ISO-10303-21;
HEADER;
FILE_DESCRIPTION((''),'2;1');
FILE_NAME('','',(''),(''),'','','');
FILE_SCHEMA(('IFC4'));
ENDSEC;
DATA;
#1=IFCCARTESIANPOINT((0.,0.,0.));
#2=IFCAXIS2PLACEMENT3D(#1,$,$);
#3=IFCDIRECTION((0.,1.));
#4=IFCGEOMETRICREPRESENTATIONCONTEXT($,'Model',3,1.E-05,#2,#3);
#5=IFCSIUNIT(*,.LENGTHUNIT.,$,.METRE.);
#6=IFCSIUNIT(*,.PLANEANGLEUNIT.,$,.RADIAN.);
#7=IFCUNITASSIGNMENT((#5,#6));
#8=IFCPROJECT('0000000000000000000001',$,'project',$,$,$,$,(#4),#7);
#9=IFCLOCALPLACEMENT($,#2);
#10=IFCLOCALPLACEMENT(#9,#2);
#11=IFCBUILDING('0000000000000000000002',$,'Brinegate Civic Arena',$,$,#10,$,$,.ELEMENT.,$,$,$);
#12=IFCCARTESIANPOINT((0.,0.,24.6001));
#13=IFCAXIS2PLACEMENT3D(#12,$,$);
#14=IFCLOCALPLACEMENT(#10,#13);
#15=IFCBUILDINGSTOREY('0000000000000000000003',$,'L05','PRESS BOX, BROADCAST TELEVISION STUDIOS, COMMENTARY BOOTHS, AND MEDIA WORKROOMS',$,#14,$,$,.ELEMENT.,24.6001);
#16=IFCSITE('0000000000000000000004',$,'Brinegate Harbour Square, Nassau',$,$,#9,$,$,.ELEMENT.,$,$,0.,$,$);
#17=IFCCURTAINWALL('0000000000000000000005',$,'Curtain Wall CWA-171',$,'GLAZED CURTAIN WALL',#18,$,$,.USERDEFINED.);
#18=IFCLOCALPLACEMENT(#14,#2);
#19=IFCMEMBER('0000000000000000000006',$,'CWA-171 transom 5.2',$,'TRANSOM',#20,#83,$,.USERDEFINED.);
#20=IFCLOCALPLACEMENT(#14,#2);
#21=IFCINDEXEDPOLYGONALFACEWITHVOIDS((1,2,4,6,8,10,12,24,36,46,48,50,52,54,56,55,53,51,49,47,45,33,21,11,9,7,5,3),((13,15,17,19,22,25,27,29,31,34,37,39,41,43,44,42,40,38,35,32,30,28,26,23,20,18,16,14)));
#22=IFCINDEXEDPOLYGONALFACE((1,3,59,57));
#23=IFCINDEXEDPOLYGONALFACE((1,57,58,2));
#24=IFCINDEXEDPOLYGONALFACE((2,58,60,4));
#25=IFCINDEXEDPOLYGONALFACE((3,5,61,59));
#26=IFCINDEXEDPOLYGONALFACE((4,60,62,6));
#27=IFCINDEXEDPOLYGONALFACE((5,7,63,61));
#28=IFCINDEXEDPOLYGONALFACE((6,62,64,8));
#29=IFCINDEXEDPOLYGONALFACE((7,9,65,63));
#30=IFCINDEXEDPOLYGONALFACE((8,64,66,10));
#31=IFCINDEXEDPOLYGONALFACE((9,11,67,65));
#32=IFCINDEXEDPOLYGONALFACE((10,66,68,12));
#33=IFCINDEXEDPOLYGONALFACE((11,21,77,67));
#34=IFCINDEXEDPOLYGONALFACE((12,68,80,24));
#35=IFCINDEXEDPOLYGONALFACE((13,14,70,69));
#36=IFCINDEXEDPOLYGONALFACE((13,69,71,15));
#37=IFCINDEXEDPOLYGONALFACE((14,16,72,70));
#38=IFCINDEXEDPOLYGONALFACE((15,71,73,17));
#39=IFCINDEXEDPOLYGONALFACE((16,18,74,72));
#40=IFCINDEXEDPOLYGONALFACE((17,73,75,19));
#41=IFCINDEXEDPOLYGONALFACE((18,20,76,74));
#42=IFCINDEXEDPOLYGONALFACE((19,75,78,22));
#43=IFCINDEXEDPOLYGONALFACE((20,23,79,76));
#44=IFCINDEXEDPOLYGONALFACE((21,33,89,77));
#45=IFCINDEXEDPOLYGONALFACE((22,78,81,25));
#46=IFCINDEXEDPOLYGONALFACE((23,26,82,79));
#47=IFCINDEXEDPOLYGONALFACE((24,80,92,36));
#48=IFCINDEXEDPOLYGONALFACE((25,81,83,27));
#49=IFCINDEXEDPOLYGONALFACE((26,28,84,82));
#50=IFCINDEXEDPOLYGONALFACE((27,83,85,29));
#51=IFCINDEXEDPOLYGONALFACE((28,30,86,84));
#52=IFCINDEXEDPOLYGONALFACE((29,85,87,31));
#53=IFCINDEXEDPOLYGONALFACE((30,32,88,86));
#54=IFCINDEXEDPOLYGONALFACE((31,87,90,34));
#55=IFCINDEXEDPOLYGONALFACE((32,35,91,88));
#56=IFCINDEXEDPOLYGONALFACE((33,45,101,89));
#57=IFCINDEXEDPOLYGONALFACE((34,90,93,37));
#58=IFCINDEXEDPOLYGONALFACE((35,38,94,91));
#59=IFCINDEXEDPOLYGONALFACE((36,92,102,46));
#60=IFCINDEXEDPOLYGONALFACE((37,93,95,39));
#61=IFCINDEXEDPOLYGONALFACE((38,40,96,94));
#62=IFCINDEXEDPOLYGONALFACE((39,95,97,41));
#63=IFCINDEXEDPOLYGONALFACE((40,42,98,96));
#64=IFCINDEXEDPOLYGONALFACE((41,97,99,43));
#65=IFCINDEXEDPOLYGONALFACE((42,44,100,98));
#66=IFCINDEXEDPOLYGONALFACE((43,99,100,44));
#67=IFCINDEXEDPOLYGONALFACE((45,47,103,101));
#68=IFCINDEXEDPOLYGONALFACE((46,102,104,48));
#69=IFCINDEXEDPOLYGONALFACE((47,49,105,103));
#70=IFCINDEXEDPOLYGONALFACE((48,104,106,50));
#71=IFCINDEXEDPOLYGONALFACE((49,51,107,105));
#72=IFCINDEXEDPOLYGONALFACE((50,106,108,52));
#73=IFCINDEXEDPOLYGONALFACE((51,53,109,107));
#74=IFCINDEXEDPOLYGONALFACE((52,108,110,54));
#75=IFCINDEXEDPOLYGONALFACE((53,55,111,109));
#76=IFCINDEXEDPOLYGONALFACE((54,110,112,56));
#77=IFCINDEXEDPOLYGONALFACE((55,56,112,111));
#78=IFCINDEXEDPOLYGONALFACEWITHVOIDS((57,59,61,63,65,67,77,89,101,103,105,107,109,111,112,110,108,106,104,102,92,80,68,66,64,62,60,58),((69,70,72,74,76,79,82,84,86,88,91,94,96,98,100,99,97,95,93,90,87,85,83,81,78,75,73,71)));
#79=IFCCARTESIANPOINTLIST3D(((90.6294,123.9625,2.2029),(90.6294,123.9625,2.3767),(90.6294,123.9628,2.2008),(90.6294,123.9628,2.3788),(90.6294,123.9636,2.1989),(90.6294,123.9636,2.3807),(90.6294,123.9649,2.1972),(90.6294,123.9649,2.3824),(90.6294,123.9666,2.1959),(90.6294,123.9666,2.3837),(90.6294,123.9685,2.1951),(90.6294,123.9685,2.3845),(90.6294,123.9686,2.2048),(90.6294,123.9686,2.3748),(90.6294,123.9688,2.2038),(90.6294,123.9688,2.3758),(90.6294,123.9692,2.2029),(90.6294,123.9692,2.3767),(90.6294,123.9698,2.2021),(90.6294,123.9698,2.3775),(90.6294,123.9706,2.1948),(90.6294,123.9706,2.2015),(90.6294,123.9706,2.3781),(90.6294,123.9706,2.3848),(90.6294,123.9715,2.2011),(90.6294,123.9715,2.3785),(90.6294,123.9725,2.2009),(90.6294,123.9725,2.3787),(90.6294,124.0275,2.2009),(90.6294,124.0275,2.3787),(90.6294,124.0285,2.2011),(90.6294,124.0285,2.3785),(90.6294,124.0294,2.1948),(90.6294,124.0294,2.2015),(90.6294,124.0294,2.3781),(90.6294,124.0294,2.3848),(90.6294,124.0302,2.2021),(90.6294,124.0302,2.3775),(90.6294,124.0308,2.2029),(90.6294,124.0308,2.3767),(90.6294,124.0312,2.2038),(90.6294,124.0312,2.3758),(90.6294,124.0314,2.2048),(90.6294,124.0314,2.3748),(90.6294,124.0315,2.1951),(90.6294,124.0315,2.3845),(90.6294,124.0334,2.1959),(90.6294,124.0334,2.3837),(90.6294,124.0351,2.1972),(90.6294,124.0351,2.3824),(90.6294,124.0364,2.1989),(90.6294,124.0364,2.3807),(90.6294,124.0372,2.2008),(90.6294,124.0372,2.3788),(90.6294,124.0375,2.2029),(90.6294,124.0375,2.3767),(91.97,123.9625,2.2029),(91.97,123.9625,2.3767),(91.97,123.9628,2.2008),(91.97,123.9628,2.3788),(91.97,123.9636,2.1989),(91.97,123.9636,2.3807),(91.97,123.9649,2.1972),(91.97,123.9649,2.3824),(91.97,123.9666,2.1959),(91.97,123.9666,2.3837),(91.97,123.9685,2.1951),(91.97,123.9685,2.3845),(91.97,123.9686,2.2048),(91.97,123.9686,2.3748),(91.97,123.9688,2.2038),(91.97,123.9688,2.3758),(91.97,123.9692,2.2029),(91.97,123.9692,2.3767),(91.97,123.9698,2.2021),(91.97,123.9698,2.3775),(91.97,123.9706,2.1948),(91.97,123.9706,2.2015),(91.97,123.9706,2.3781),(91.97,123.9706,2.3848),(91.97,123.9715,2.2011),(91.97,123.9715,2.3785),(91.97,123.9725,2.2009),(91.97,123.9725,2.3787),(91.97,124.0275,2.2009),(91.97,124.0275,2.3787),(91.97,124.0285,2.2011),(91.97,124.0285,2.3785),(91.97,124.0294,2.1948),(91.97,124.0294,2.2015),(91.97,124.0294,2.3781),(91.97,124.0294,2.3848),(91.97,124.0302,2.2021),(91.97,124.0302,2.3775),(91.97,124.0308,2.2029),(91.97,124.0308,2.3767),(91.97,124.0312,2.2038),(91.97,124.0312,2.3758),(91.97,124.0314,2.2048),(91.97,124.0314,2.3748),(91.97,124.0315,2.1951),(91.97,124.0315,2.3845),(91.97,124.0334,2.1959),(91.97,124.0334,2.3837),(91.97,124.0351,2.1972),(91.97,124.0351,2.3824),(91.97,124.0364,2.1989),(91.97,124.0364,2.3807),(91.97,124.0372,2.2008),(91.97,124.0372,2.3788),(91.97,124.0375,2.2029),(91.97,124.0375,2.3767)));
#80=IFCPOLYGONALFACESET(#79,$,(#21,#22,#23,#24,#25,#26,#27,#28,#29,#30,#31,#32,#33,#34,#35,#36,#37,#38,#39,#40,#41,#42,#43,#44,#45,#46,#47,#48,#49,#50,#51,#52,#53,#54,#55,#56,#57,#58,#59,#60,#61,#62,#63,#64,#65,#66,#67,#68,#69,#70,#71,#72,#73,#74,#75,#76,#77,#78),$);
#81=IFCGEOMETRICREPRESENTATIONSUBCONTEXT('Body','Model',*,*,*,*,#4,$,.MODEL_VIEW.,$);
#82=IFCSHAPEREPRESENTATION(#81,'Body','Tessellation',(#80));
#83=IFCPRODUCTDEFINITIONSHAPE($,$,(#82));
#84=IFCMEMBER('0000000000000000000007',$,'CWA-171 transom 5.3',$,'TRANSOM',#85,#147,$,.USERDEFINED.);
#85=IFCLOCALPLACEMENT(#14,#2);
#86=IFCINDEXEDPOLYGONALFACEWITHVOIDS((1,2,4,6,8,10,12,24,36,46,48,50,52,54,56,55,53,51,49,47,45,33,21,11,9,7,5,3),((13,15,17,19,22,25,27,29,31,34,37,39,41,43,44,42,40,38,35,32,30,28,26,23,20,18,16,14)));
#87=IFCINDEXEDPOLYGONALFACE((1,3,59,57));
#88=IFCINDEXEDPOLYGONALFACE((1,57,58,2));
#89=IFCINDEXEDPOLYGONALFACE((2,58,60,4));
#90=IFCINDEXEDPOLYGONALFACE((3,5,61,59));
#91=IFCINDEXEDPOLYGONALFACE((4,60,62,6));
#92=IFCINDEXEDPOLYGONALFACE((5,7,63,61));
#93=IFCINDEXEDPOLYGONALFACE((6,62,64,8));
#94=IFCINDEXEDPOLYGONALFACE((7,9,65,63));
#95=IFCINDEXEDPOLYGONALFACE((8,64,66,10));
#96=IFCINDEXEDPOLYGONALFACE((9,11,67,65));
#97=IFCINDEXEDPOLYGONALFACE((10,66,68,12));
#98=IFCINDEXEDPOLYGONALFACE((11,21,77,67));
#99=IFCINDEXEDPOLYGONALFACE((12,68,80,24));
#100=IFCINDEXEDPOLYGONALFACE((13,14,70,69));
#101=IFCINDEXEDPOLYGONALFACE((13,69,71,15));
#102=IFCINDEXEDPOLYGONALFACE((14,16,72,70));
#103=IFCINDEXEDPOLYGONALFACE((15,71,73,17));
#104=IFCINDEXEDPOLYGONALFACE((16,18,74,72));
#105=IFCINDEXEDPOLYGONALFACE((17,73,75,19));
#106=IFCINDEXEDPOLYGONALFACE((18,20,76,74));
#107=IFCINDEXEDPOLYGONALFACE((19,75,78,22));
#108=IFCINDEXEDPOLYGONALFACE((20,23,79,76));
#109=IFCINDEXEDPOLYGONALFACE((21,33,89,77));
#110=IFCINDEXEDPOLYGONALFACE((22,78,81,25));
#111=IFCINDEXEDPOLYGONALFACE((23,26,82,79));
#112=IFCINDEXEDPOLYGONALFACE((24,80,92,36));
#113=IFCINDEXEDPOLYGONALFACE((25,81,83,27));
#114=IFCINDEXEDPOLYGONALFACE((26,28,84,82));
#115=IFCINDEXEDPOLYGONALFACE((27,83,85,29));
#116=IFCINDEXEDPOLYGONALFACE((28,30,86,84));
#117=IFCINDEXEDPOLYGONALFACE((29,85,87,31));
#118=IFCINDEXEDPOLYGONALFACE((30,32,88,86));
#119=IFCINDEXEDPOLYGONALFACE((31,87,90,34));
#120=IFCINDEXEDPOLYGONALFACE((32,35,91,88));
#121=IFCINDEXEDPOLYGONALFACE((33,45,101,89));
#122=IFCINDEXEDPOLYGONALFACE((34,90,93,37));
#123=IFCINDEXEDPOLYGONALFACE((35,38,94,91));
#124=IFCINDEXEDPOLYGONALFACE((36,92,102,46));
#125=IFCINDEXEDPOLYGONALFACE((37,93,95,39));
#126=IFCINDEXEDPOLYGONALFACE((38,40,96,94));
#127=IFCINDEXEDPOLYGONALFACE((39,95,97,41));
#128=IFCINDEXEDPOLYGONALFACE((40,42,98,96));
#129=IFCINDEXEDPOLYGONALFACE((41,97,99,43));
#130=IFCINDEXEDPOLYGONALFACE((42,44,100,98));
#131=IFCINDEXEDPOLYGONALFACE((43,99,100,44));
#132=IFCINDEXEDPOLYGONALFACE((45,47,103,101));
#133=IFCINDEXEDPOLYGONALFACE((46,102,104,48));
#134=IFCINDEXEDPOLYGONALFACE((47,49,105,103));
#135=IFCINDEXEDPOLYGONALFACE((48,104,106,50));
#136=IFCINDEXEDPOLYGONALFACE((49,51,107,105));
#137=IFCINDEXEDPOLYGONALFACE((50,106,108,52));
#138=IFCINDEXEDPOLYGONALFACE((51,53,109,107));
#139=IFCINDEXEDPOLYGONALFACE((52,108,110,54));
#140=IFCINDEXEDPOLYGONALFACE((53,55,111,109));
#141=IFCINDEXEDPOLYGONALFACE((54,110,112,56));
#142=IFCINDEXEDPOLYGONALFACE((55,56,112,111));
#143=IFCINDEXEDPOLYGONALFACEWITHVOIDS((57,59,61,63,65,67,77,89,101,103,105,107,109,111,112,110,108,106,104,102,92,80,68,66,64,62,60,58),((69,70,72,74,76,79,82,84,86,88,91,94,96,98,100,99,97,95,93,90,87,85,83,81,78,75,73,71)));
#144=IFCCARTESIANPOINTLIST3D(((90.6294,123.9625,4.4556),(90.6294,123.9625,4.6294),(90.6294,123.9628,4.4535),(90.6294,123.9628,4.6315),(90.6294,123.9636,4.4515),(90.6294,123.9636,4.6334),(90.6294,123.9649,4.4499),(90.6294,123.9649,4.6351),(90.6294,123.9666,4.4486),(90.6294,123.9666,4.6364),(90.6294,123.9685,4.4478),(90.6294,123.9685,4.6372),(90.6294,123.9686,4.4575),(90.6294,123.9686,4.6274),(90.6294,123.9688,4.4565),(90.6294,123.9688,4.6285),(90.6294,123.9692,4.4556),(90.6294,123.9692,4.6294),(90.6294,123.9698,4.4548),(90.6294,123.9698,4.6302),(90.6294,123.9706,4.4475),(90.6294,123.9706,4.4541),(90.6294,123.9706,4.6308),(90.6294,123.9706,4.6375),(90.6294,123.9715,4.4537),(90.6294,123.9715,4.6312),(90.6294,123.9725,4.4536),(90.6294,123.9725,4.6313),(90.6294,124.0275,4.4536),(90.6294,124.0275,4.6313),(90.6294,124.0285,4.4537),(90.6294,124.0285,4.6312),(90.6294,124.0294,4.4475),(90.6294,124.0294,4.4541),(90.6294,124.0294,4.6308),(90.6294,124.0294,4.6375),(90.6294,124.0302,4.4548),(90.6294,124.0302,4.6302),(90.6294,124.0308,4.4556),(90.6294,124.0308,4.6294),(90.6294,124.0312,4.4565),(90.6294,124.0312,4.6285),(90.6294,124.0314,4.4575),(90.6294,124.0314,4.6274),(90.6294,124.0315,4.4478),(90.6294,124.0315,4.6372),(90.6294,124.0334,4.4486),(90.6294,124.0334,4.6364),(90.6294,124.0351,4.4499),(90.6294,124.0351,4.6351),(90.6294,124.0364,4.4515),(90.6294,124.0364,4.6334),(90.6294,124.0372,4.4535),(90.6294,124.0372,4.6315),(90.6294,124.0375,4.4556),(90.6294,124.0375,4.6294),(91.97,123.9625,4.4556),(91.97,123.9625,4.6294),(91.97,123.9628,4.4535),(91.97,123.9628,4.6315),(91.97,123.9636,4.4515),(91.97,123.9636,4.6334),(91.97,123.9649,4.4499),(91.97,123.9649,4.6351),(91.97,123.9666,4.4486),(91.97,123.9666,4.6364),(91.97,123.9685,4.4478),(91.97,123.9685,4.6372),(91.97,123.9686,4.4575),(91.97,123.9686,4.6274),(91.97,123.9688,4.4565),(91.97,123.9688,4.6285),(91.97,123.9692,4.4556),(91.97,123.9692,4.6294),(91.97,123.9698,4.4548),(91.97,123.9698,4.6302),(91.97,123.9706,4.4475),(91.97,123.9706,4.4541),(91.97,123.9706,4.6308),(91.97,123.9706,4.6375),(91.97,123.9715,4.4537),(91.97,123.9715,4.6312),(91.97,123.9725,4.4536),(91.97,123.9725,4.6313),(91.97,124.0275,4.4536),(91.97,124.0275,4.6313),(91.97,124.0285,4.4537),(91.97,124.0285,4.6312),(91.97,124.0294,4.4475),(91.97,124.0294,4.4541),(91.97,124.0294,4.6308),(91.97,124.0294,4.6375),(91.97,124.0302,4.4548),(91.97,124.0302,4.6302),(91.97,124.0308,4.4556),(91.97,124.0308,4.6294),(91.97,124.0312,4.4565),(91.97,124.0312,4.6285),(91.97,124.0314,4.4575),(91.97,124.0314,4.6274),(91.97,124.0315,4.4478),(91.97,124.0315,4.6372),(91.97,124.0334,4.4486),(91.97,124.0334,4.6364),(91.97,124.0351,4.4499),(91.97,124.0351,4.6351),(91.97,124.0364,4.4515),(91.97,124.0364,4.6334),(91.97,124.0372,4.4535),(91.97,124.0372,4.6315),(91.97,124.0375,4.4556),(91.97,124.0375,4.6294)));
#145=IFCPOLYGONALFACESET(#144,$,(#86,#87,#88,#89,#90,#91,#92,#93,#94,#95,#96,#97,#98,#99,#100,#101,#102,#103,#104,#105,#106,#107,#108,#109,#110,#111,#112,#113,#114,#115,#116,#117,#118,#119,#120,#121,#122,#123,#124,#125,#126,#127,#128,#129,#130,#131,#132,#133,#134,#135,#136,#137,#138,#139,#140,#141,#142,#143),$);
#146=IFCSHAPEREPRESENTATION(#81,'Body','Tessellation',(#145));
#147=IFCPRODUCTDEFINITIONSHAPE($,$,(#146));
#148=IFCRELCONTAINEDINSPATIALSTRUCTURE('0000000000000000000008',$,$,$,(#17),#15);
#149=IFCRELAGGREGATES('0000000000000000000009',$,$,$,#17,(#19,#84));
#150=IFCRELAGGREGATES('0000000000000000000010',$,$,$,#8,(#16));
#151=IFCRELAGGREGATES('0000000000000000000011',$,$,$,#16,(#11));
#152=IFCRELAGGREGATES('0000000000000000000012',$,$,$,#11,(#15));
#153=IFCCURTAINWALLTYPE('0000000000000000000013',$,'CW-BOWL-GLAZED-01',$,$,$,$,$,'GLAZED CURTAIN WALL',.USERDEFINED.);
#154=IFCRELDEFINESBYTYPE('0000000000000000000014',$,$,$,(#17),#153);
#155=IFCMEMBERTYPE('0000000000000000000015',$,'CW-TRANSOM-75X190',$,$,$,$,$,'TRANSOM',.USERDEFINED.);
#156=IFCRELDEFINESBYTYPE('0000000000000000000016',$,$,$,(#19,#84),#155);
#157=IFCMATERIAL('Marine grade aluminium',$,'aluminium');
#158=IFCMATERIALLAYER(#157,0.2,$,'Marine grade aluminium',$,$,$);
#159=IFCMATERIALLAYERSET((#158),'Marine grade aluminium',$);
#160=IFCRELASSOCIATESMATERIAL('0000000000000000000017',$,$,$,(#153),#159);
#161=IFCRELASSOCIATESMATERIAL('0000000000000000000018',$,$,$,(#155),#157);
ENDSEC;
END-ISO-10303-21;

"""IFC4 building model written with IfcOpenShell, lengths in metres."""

from ifc_helpers import new_model, si_unit, direction, frame, origin, origin_2d, place, context, subcontext, project, spatial, hollow_rectangle, extrude, material, layer, layer_set, material_profile, profile_set, type_object, element, aggregate, save


model = new_model("IFC4")

# Units and contexts
model_context = context("Model", 3, precision=1e-05, world=origin(), true_north=direction((0.0, 1.0)))
body_context = subcontext(model_context, "Body", "Model", "MODEL_VIEW")
ifc_project = project(units=[si_unit("LENGTHUNIT", "METRE"), si_unit("PLANEANGLEUNIT", "RADIAN")], contexts=[model_context])

# Site, building, storey
site_placement = place(None, origin())
site = spatial("IfcSite", under=ifc_project, at=site_placement, Name="Brinegate Harbour Square, Nassau", CompositionType="ELEMENT", RefElevation=0.0)
building_placement = place(site_placement, origin())
building = spatial("IfcBuilding", under=site, at=building_placement, Name="Brinegate Civic Arena", CompositionType="ELEMENT")
storey_placement = place(building_placement, frame((0.0, 0.0, 24.6001)))
storey = spatial("IfcBuildingStorey", under=building, at=storey_placement, Name="L05", Description="PRESS BOX, BROADCAST TELEVISION STUDIOS, COMMENTARY BOOTHS, AND MEDIA WORKROOMS", CompositionType="ELEMENT", Elevation=24.6001)

# Curtain wall, members
ifc_material_1 = material(Name="Marine grade aluminium", Category="aluminium")
ifc_layer_1 = layer(ifc_material_1, 0.2, Name="Marine grade aluminium")
ifc_layer_set_1 = layer_set([ifc_layer_1], Name="Marine grade aluminium")
curtain_wall_type = type_object("IfcCurtainWallType", Name="CW-BOWL-GLAZED-01", ElementType="GLAZED CURTAIN WALL", PredefinedType="USERDEFINED", material=ifc_layer_set_1)
curtain_wall_placement = place(storey_placement, origin())
curtain_wall = element("IfcCurtainWall", 1, at=curtain_wall_placement, inside=storey, type_object=curtain_wall_type, Name="Curtain Wall CWA-171", ObjectType="GLAZED CURTAIN WALL", PredefinedType="USERDEFINED")
ifc_material_profile_1 = material_profile(ifc_material_1, hollow_rectangle(XDim=0.075, YDim=0.1899, WallThickness=0.0061, InnerFilletRadius=0.0039, OuterFilletRadius=0.0081, at=origin_2d()), Name="TRN75X190")
ifc_profile_set_1 = profile_set([ifc_material_profile_1], Name="Marine grade aluminium")
member_type_1 = type_object("IfcMemberType", Name="CW-TRANSOM-75X190", ElementType="TRANSOM", PredefinedType="USERDEFINED", material=ifc_profile_set_1)
member_1_placement = place(storey_placement, frame((90.6294, 124.0, 2.2898), z_axis=(1.0, 0.0, 0.0), x_axis=(0.0, 1.0, 0.0)))
member_1 = element("IfcMember", 2, at=member_1_placement, type_object=member_type_1, Name="CWA-171 transom 5.2", ObjectType="TRANSOM", PredefinedType="USERDEFINED", context=body_context, shape_type="SweptSolid", body=[
    extrude(hollow_rectangle(XDim=0.075, YDim=0.1899, WallThickness=0.0061, InnerFilletRadius=0.0039, OuterFilletRadius=0.0081, at=origin_2d()), origin(), (0.0, 0.0, 1.0), 1.3406),
])
member_2_placement = place(storey_placement, frame((90.6294, 124.0, 4.5425), z_axis=(1.0, 0.0, 0.0), x_axis=(0.0, 1.0, 0.0)))
member_2 = element("IfcMember", 3, at=member_2_placement, type_object=member_type_1, Name="CWA-171 transom 5.3", ObjectType="TRANSOM", PredefinedType="USERDEFINED", context=body_context, shape_type="SweptSolid", body=[
    extrude(hollow_rectangle(XDim=0.075, YDim=0.1899, WallThickness=0.0061, InnerFilletRadius=0.0039, OuterFilletRadius=0.0081, at=origin_2d()), origin(), (0.0, 0.0, 1.0), 1.3406),
])
aggregate(curtain_wall, [member_1, member_2])

save(model, "model.ifc")
